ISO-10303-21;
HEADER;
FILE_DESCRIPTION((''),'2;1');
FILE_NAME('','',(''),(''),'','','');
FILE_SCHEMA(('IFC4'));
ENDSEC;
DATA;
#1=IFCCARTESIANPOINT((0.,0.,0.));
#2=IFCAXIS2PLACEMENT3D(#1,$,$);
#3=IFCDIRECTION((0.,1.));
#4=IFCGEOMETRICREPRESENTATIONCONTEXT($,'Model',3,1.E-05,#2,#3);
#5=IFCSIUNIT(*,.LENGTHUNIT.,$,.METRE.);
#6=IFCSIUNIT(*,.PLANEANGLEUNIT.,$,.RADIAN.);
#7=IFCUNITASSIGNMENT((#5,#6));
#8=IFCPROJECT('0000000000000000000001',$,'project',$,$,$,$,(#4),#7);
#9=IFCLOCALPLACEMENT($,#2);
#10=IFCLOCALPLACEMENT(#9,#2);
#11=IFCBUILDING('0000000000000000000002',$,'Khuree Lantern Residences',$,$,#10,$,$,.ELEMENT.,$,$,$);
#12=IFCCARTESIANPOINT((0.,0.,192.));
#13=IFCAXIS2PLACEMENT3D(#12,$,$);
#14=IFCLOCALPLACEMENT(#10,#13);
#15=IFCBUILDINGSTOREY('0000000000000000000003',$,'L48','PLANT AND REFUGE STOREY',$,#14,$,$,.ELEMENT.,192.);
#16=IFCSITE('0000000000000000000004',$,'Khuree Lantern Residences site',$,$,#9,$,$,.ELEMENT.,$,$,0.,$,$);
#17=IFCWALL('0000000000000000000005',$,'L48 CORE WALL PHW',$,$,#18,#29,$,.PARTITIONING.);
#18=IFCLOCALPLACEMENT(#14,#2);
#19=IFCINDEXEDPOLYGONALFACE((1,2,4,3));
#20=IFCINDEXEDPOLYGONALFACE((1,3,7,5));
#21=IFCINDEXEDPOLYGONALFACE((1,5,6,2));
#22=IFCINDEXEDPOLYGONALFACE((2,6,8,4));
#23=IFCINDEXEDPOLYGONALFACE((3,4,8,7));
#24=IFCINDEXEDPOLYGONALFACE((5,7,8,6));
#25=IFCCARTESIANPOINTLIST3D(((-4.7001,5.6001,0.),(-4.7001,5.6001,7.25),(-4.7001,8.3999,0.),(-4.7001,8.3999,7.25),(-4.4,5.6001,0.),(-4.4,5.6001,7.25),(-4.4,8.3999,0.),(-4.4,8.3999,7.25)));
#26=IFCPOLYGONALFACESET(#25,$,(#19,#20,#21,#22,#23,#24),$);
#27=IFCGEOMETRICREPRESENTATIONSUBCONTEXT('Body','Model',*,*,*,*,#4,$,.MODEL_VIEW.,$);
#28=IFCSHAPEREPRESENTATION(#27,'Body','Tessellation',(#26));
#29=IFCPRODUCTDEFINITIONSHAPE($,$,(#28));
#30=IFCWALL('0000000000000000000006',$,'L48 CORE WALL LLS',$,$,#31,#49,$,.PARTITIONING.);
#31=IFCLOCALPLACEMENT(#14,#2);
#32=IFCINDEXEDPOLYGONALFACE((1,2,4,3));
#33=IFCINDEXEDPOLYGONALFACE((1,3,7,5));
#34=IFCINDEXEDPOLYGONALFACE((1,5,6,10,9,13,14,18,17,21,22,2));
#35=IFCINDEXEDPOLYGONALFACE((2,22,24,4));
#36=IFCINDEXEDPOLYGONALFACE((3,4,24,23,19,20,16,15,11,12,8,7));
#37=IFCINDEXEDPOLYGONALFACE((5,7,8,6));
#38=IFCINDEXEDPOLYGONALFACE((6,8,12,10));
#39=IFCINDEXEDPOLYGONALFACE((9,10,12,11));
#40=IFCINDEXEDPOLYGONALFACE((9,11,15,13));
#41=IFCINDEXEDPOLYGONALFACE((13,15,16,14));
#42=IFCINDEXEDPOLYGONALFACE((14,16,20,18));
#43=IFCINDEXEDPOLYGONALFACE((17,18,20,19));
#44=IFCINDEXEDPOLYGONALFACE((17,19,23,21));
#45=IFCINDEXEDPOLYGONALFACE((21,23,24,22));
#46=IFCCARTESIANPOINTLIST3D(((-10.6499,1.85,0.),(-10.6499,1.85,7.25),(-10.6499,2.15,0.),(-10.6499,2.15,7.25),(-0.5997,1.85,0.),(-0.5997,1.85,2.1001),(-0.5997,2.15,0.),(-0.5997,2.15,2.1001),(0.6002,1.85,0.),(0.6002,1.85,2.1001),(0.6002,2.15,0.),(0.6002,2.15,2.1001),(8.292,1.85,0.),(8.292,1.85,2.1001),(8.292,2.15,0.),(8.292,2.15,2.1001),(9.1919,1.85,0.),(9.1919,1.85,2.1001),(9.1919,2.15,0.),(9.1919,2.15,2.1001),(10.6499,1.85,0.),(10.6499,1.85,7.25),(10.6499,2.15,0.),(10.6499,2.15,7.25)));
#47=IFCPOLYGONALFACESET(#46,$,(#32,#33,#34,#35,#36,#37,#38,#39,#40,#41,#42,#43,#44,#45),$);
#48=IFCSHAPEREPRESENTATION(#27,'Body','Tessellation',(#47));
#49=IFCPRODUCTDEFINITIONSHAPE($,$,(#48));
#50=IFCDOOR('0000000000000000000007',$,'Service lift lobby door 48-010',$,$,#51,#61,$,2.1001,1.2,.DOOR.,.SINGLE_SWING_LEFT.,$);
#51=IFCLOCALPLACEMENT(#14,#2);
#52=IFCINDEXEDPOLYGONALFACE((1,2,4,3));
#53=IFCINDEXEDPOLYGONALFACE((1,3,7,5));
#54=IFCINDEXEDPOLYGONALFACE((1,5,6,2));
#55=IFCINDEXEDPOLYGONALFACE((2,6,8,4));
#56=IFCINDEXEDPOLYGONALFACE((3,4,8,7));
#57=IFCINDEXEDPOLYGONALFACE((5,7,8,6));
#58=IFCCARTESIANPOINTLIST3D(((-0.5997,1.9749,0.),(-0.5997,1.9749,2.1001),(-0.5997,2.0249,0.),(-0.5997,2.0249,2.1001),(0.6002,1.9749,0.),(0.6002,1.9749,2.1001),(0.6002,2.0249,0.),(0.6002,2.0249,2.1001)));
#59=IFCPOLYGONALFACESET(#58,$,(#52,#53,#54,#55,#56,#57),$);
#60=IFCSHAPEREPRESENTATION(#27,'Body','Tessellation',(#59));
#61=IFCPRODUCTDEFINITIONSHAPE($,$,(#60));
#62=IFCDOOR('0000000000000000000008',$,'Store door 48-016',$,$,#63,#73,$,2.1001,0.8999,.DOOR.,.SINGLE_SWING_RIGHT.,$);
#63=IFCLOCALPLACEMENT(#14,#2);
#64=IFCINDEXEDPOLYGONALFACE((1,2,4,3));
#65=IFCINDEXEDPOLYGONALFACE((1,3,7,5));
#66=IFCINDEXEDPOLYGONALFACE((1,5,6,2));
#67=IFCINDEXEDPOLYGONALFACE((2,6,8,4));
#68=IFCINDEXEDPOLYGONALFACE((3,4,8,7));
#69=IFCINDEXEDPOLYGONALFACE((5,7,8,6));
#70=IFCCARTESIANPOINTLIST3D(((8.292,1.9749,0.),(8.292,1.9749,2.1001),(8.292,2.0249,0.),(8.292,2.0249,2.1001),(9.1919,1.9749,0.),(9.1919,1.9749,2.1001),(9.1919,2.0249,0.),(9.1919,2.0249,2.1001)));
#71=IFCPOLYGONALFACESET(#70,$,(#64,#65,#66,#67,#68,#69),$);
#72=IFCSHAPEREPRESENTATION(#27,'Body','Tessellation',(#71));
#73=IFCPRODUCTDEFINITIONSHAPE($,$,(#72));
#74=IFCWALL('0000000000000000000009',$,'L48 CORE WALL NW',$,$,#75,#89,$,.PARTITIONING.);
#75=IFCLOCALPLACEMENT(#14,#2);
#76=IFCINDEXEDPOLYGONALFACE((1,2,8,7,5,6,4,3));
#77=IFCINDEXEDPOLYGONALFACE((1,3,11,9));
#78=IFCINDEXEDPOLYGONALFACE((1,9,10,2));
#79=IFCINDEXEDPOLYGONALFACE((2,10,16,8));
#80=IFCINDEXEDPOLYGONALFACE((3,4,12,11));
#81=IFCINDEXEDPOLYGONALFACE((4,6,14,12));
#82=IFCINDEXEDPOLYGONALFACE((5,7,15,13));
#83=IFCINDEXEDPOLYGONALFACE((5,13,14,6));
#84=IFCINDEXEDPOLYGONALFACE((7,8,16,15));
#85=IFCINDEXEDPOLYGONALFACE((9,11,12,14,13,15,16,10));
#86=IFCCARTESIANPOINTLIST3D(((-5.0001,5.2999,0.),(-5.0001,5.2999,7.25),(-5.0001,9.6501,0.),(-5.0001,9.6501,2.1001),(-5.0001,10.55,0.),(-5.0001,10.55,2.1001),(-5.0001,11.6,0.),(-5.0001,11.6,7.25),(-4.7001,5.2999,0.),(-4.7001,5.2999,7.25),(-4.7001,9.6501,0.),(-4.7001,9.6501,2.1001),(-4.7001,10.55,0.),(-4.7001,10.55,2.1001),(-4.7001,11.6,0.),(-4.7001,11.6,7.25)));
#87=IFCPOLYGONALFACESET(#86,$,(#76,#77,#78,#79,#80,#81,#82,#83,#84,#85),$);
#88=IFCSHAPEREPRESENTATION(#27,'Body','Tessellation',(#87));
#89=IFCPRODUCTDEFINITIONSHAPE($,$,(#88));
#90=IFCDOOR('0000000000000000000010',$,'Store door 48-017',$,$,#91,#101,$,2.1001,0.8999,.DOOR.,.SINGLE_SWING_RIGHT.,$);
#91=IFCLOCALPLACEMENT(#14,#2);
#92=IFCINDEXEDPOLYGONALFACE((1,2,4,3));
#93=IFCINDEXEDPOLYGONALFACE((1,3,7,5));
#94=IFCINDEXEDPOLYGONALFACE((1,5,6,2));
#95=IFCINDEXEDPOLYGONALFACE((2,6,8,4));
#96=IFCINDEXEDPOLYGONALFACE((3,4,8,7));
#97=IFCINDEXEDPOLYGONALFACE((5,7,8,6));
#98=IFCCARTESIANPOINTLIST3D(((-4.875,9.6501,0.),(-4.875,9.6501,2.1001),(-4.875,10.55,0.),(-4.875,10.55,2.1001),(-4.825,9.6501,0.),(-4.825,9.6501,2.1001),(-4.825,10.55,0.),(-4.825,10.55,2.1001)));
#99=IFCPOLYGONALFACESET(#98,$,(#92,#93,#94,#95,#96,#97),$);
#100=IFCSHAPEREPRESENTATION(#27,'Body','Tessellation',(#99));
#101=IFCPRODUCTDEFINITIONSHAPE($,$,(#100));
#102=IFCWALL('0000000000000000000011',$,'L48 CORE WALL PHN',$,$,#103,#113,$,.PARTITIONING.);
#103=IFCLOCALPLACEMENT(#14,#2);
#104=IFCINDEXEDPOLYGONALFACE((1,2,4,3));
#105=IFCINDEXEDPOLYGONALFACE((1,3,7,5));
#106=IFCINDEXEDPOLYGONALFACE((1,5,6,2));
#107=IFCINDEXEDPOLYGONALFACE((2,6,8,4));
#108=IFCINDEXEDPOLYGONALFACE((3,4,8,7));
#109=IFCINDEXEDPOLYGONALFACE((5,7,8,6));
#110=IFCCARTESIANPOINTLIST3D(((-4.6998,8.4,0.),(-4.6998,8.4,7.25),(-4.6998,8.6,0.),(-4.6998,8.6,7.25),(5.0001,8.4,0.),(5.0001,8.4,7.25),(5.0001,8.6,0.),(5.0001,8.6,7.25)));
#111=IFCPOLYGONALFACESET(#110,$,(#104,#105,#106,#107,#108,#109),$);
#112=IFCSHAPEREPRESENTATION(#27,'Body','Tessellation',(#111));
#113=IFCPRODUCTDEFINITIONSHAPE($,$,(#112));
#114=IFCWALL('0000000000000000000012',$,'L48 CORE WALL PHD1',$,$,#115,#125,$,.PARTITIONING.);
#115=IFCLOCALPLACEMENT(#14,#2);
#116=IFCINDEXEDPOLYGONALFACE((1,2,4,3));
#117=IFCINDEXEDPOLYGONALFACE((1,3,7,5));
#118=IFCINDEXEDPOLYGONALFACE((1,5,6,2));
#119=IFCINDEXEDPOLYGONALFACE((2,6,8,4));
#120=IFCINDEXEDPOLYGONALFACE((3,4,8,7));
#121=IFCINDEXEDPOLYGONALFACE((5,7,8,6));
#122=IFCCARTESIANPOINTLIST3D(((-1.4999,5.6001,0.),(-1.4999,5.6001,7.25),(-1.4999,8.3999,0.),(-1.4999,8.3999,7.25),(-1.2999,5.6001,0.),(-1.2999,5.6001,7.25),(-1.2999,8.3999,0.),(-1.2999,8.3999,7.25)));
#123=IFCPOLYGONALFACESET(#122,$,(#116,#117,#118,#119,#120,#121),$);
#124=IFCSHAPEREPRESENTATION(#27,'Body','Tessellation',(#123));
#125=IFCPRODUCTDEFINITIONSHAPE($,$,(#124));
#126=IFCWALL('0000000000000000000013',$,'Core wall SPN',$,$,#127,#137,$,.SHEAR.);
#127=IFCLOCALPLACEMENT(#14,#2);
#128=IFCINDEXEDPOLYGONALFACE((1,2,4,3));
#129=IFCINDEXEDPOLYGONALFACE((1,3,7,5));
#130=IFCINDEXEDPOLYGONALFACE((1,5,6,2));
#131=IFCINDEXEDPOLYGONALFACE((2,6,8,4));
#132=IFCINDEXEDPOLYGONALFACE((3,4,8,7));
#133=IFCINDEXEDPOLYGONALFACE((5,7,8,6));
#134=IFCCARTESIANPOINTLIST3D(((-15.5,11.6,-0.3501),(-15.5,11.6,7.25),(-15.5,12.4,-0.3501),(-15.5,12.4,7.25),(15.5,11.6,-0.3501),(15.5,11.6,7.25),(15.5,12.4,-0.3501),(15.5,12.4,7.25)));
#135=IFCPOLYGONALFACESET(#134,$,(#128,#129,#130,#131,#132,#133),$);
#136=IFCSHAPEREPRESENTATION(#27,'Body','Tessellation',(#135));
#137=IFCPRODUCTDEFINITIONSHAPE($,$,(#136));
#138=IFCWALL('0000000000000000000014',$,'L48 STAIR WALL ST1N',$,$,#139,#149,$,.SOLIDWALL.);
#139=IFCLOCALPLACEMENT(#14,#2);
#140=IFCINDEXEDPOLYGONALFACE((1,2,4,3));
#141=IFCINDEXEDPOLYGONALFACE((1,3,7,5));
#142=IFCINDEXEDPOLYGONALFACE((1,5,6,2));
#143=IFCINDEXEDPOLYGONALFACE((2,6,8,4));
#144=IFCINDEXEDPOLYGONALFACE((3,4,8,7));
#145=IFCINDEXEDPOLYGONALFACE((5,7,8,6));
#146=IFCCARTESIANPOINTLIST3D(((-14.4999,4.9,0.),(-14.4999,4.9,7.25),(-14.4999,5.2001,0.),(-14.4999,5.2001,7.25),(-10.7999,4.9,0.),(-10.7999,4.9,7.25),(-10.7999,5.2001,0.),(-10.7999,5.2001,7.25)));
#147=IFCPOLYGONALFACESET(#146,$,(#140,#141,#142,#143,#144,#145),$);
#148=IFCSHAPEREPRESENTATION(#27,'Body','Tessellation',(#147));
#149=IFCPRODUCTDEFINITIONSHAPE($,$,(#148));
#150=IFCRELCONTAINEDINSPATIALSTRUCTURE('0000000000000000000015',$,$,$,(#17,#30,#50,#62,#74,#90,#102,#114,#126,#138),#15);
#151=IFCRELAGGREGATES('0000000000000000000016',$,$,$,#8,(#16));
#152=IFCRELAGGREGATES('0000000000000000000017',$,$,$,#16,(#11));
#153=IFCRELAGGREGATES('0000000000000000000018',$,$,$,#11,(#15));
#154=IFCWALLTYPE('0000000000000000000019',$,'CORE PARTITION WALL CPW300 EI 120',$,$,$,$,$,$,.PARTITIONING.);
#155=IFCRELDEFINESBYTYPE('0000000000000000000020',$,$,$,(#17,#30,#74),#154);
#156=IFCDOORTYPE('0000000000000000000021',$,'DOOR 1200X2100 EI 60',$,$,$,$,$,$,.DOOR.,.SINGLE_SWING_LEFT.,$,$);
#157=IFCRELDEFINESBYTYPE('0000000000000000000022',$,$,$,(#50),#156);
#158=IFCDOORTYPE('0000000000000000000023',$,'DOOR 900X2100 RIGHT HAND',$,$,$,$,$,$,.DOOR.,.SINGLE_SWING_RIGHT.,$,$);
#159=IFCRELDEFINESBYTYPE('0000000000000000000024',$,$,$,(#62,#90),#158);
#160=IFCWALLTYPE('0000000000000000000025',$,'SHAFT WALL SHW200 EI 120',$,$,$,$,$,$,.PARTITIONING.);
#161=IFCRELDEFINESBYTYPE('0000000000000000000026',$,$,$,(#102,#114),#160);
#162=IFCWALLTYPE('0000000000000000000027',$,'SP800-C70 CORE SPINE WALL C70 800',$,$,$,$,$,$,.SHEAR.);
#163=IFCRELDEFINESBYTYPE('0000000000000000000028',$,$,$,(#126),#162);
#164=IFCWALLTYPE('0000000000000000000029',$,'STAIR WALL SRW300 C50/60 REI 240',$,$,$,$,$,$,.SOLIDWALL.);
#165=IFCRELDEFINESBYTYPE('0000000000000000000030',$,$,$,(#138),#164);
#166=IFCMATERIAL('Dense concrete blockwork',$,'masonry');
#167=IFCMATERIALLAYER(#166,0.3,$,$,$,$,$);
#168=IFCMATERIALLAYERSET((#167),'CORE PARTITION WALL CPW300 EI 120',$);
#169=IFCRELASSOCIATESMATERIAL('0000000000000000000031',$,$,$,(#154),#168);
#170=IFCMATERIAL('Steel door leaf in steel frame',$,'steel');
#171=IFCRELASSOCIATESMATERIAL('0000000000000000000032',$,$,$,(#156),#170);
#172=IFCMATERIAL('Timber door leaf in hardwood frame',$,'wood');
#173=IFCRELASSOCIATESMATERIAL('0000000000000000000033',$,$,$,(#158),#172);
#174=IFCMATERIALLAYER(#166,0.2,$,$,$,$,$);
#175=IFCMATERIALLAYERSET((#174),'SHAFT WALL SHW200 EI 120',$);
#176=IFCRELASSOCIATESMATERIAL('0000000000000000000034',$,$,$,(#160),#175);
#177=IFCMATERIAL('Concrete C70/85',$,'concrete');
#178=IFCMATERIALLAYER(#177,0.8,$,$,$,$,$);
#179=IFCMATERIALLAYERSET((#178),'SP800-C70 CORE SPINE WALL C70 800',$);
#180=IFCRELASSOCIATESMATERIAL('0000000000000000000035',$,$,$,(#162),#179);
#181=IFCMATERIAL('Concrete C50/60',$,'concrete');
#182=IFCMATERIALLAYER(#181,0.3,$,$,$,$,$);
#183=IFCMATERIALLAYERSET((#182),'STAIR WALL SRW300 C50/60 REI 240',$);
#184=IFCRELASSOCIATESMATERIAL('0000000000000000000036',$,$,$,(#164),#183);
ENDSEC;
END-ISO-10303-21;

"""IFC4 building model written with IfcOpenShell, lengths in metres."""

from ifc_helpers import new_model, si_unit, direction, frame, frame_2d, origin, place, context, subcontext, project, spatial, rectangle, extrude, material, layer, layer_set, type_object, element, fill, save


model = new_model("IFC4")

# Units and contexts
model_context = context("Model", 3, precision=1e-05, world=origin(), true_north=direction((0.0, 1.0)))
body_context = subcontext(model_context, "Body", "Model", "MODEL_VIEW")
ifc_project = project(units=[si_unit("LENGTHUNIT", "METRE"), si_unit("PLANEANGLEUNIT", "RADIAN")], contexts=[model_context])

# Site, building, storey
site_placement = place(None, origin())
site = spatial("IfcSite", under=ifc_project, at=site_placement, Name="Khuree Lantern Residences site", CompositionType="ELEMENT", RefElevation=0.0)
building_placement = place(site_placement, origin())
building = spatial("IfcBuilding", under=site, at=building_placement, Name="Khuree Lantern Residences", CompositionType="ELEMENT")
storey_placement = place(building_placement, frame((0.0, 0.0, 192.0)))
storey = spatial("IfcBuildingStorey", under=building, at=storey_placement, Name="L48", Description="PLANT AND REFUGE STOREY", CompositionType="ELEMENT", Elevation=192.0)

# Wall
ifc_material_1 = material(Name="Dense concrete blockwork", Category="masonry")
ifc_layer_1 = layer(ifc_material_1, 0.3)
ifc_layer_set_1 = layer_set([ifc_layer_1], Name="CORE PARTITION WALL CPW300 EI 120")
wall_type_1 = type_object("IfcWallType", Name="CORE PARTITION WALL CPW300 EI 120", PredefinedType="PARTITIONING", material=ifc_layer_set_1)
wall_1_placement = place(storey_placement, frame((-4.55, 5.6001, 0.0), z_axis=(0.0, 0.0, 1.0), x_axis=(0.0, 1.0, 0.0)))
element("IfcWall", 1, at=wall_1_placement, inside=storey, type_object=wall_type_1, Name="L48 CORE WALL PHW", PredefinedType="PARTITIONING", context=body_context, shape_type="SweptSolid", body=[
    extrude(rectangle(XDim=2.7998, YDim=0.3, at=frame_2d((1.3999, 0.0))), origin(), (0.0, 0.0, 1.0), 7.25),
])

# Wall, openings, doors
wall_2_placement = place(storey_placement, frame((-10.6499, 2.0, 0.0), z_axis=(0.0, 0.0, 1.0), x_axis=(1.0, 0.0, 0.0)))
wall_2 = element("IfcWall", 2, at=wall_2_placement, inside=storey, type_object=wall_type_1, Name="L48 CORE WALL LLS", PredefinedType="PARTITIONING", context=body_context, shape_type="SweptSolid", body=[
    extrude(rectangle(XDim=21.2998, YDim=0.3, at=frame_2d((10.6499, 0.0))), origin(), (0.0, 0.0, 1.0), 7.25),
])
opening_1_placement = place(wall_2_placement, frame((10.05, 0.0, 0.0)))
opening_1 = element("IfcOpeningElement", 3, at=opening_1_placement, cuts=wall_2, PredefinedType="OPENING", context=body_context, shape_type="SweptSolid", body=[
    extrude(rectangle(XDim=1.2, YDim=2.1001, at=frame_2d((0.6001, 1.05))), frame((0.0, 0.1602, 0.0), z_axis=(0.0, -1.0, 0.0), x_axis=(1.0, 0.0, 0.0)), (0.0, 0.0, 1.0), 0.3201),
])
opening_2_placement = place(wall_2_placement, frame((18.9419, 0.0, 0.0)))
opening_2 = element("IfcOpeningElement", 4, at=opening_2_placement, cuts=wall_2, PredefinedType="OPENING", context=body_context, shape_type="SweptSolid", body=[
    extrude(rectangle(XDim=0.8999, YDim=2.1001, at=frame_2d((0.45, 1.05))), frame((0.0, 0.1602, 0.0), z_axis=(0.0, -1.0, 0.0), x_axis=(1.0, 0.0, 0.0)), (0.0, 0.0, 1.0), 0.3201),
])
ifc_material_2 = material(Name="Steel door leaf in steel frame", Category="steel")
door_type_1 = type_object("IfcDoorType", Name="DOOR 1200X2100 EI 60", OperationType="SINGLE_SWING_LEFT", PredefinedType="DOOR", material=ifc_material_2)
door_1_placement = place(opening_1_placement, origin())
door_1 = element("IfcDoor", 5, at=door_1_placement, inside=storey, type_object=door_type_1, Name="Service lift lobby door 48-010", OperationType="SINGLE_SWING_LEFT", OverallHeight=2.1001, OverallWidth=1.2, PredefinedType="DOOR", context=body_context, shape_type="SweptSolid", body=[
    extrude(rectangle(XDim=1.2, YDim=2.1001, at=frame_2d((0.6001, 1.05))), frame((0.0, 0.0249, 0.0), z_axis=(0.0, -1.0, 0.0), x_axis=(1.0, 0.0, 0.0)), (0.0, 0.0, 1.0), 0.05),
])
fill(opening_1, door_1)
ifc_material_3 = material(Name="Timber door leaf in hardwood frame", Category="wood")
door_type_2 = type_object("IfcDoorType", Name="DOOR 900X2100 RIGHT HAND", OperationType="SINGLE_SWING_RIGHT", PredefinedType="DOOR", material=ifc_material_3)
door_2_placement = place(opening_2_placement, origin())
door_2 = element("IfcDoor", 6, at=door_2_placement, inside=storey, type_object=door_type_2, Name="Store door 48-016", OperationType="SINGLE_SWING_RIGHT", OverallHeight=2.1001, OverallWidth=0.8999, PredefinedType="DOOR", context=body_context, shape_type="SweptSolid", body=[
    extrude(rectangle(XDim=0.8999, YDim=2.1001, at=frame_2d((0.45, 1.05))), frame((0.0, 0.0249, 0.0), z_axis=(0.0, -1.0, 0.0), x_axis=(1.0, 0.0, 0.0)), (0.0, 0.0, 1.0), 0.05),
])
fill(opening_2, door_2)

# Wall, opening, door
wall_3_placement = place(storey_placement, frame((-4.8501, 5.3, 0.0), z_axis=(0.0, 0.0, 1.0), x_axis=(0.0, 1.0, 0.0)))
wall_3 = element("IfcWall", 7, at=wall_3_placement, inside=storey, type_object=wall_type_1, Name="L48 CORE WALL NW", PredefinedType="PARTITIONING", context=body_context, shape_type="SweptSolid", body=[
    extrude(rectangle(XDim=6.3, YDim=0.3, at=frame_2d((3.1499, 0.0))), origin(), (0.0, 0.0, 1.0), 7.25),
])
opening_3_placement = place(wall_3_placement, frame((4.3501, 0.0, 0.0)))
opening_3 = element("IfcOpeningElement", 8, at=opening_3_placement, cuts=wall_3, PredefinedType="OPENING", context=body_context, shape_type="SweptSolid", body=[
    extrude(rectangle(XDim=0.8999, YDim=2.1001, at=frame_2d((0.45, 1.05))), frame((0.0, 0.1602, 0.0), z_axis=(0.0, -1.0, 0.0), x_axis=(1.0, 0.0, 0.0)), (0.0, 0.0, 1.0), 0.3201),
])
door_3_placement = place(opening_3_placement, origin())
door_3 = element("IfcDoor", 9, at=door_3_placement, inside=storey, type_object=door_type_2, Name="Store door 48-017", OperationType="SINGLE_SWING_RIGHT", OverallHeight=2.1001, OverallWidth=0.8999, PredefinedType="DOOR", context=body_context, shape_type="SweptSolid", body=[
    extrude(rectangle(XDim=0.8999, YDim=2.1001, at=frame_2d((0.45, 1.05))), frame((0.0, 0.0249, 0.0), z_axis=(0.0, -1.0, 0.0), x_axis=(1.0, 0.0, 0.0)), (0.0, 0.0, 1.0), 0.05),
])
fill(opening_3, door_3)

# Walls
ifc_layer_2 = layer(ifc_material_1, 0.2)
ifc_layer_set_2 = layer_set([ifc_layer_2], Name="SHAFT WALL SHW200 EI 120")
wall_type_2 = type_object("IfcWallType", Name="SHAFT WALL SHW200 EI 120", PredefinedType="PARTITIONING", material=ifc_layer_set_2)
wall_4_placement = place(storey_placement, frame((-4.7, 8.5, 0.0), z_axis=(0.0, 0.0, 1.0), x_axis=(1.0, 0.0, 0.0)))
element("IfcWall", 10, at=wall_4_placement, inside=storey, type_object=wall_type_2, Name="L48 CORE WALL PHN", PredefinedType="PARTITIONING", context=body_context, shape_type="SweptSolid", body=[
    extrude(rectangle(XDim=9.7, YDim=0.2, at=frame_2d((4.8501, 0.0))), origin(), (0.0, 0.0, 1.0), 7.25),
])
wall_5_placement = place(storey_placement, frame((-1.3999, 5.6001, 0.0), z_axis=(0.0, 0.0, 1.0), x_axis=(0.0, 1.0, 0.0)))
element("IfcWall", 11, at=wall_5_placement, inside=storey, type_object=wall_type_2, Name="L48 CORE WALL PHD1", PredefinedType="PARTITIONING", context=body_context, shape_type="SweptSolid", body=[
    extrude(rectangle(XDim=2.7998, YDim=0.2, at=frame_2d((1.3999, 0.0))), origin(), (0.0, 0.0, 1.0), 7.25),
])
ifc_material_4 = material(Name="Concrete C70/85", Category="concrete")
ifc_layer_3 = layer(ifc_material_4, 0.8)
ifc_layer_set_3 = layer_set([ifc_layer_3], Name="SP800-C70 CORE SPINE WALL C70 800")
wall_type_3 = type_object("IfcWallType", Name="SP800-C70 CORE SPINE WALL C70 800", PredefinedType="SHEAR", material=ifc_layer_set_3)
wall_6_placement = place(storey_placement, frame((-15.5, 12.0, -0.3501), z_axis=(0.0, 0.0, 1.0), x_axis=(1.0, 0.0, 0.0)))
element("IfcWall", 12, at=wall_6_placement, inside=storey, type_object=wall_type_3, Name="Core wall SPN", PredefinedType="SHEAR", context=body_context, shape_type="SweptSolid", body=[
    extrude(rectangle(XDim=31.0, YDim=0.8, at=frame_2d((15.5, 0.0))), origin(), (0.0, 0.0, 1.0), 7.6001),
])
ifc_material_5 = material(Name="Concrete C50/60", Category="concrete")
ifc_layer_4 = layer(ifc_material_5, 0.3)
ifc_layer_set_4 = layer_set([ifc_layer_4], Name="STAIR WALL SRW300 C50/60 REI 240")
wall_type_4 = type_object("IfcWallType", Name="STAIR WALL SRW300 C50/60 REI 240", PredefinedType="SOLIDWALL", material=ifc_layer_set_4)
wall_7_placement = place(storey_placement, frame((-14.5, 5.05, 0.0), z_axis=(0.0, 0.0, 1.0), x_axis=(1.0, 0.0, 0.0)))
element("IfcWall", 13, at=wall_7_placement, inside=storey, type_object=wall_type_4, Name="L48 STAIR WALL ST1N", PredefinedType="SOLIDWALL", context=body_context, shape_type="SweptSolid", body=[
    extrude(rectangle(XDim=3.7, YDim=0.3, at=frame_2d((1.8501, 0.0))), origin(), (0.0, 0.0, 1.0), 7.25),
])

save(model, "model.ifc")
